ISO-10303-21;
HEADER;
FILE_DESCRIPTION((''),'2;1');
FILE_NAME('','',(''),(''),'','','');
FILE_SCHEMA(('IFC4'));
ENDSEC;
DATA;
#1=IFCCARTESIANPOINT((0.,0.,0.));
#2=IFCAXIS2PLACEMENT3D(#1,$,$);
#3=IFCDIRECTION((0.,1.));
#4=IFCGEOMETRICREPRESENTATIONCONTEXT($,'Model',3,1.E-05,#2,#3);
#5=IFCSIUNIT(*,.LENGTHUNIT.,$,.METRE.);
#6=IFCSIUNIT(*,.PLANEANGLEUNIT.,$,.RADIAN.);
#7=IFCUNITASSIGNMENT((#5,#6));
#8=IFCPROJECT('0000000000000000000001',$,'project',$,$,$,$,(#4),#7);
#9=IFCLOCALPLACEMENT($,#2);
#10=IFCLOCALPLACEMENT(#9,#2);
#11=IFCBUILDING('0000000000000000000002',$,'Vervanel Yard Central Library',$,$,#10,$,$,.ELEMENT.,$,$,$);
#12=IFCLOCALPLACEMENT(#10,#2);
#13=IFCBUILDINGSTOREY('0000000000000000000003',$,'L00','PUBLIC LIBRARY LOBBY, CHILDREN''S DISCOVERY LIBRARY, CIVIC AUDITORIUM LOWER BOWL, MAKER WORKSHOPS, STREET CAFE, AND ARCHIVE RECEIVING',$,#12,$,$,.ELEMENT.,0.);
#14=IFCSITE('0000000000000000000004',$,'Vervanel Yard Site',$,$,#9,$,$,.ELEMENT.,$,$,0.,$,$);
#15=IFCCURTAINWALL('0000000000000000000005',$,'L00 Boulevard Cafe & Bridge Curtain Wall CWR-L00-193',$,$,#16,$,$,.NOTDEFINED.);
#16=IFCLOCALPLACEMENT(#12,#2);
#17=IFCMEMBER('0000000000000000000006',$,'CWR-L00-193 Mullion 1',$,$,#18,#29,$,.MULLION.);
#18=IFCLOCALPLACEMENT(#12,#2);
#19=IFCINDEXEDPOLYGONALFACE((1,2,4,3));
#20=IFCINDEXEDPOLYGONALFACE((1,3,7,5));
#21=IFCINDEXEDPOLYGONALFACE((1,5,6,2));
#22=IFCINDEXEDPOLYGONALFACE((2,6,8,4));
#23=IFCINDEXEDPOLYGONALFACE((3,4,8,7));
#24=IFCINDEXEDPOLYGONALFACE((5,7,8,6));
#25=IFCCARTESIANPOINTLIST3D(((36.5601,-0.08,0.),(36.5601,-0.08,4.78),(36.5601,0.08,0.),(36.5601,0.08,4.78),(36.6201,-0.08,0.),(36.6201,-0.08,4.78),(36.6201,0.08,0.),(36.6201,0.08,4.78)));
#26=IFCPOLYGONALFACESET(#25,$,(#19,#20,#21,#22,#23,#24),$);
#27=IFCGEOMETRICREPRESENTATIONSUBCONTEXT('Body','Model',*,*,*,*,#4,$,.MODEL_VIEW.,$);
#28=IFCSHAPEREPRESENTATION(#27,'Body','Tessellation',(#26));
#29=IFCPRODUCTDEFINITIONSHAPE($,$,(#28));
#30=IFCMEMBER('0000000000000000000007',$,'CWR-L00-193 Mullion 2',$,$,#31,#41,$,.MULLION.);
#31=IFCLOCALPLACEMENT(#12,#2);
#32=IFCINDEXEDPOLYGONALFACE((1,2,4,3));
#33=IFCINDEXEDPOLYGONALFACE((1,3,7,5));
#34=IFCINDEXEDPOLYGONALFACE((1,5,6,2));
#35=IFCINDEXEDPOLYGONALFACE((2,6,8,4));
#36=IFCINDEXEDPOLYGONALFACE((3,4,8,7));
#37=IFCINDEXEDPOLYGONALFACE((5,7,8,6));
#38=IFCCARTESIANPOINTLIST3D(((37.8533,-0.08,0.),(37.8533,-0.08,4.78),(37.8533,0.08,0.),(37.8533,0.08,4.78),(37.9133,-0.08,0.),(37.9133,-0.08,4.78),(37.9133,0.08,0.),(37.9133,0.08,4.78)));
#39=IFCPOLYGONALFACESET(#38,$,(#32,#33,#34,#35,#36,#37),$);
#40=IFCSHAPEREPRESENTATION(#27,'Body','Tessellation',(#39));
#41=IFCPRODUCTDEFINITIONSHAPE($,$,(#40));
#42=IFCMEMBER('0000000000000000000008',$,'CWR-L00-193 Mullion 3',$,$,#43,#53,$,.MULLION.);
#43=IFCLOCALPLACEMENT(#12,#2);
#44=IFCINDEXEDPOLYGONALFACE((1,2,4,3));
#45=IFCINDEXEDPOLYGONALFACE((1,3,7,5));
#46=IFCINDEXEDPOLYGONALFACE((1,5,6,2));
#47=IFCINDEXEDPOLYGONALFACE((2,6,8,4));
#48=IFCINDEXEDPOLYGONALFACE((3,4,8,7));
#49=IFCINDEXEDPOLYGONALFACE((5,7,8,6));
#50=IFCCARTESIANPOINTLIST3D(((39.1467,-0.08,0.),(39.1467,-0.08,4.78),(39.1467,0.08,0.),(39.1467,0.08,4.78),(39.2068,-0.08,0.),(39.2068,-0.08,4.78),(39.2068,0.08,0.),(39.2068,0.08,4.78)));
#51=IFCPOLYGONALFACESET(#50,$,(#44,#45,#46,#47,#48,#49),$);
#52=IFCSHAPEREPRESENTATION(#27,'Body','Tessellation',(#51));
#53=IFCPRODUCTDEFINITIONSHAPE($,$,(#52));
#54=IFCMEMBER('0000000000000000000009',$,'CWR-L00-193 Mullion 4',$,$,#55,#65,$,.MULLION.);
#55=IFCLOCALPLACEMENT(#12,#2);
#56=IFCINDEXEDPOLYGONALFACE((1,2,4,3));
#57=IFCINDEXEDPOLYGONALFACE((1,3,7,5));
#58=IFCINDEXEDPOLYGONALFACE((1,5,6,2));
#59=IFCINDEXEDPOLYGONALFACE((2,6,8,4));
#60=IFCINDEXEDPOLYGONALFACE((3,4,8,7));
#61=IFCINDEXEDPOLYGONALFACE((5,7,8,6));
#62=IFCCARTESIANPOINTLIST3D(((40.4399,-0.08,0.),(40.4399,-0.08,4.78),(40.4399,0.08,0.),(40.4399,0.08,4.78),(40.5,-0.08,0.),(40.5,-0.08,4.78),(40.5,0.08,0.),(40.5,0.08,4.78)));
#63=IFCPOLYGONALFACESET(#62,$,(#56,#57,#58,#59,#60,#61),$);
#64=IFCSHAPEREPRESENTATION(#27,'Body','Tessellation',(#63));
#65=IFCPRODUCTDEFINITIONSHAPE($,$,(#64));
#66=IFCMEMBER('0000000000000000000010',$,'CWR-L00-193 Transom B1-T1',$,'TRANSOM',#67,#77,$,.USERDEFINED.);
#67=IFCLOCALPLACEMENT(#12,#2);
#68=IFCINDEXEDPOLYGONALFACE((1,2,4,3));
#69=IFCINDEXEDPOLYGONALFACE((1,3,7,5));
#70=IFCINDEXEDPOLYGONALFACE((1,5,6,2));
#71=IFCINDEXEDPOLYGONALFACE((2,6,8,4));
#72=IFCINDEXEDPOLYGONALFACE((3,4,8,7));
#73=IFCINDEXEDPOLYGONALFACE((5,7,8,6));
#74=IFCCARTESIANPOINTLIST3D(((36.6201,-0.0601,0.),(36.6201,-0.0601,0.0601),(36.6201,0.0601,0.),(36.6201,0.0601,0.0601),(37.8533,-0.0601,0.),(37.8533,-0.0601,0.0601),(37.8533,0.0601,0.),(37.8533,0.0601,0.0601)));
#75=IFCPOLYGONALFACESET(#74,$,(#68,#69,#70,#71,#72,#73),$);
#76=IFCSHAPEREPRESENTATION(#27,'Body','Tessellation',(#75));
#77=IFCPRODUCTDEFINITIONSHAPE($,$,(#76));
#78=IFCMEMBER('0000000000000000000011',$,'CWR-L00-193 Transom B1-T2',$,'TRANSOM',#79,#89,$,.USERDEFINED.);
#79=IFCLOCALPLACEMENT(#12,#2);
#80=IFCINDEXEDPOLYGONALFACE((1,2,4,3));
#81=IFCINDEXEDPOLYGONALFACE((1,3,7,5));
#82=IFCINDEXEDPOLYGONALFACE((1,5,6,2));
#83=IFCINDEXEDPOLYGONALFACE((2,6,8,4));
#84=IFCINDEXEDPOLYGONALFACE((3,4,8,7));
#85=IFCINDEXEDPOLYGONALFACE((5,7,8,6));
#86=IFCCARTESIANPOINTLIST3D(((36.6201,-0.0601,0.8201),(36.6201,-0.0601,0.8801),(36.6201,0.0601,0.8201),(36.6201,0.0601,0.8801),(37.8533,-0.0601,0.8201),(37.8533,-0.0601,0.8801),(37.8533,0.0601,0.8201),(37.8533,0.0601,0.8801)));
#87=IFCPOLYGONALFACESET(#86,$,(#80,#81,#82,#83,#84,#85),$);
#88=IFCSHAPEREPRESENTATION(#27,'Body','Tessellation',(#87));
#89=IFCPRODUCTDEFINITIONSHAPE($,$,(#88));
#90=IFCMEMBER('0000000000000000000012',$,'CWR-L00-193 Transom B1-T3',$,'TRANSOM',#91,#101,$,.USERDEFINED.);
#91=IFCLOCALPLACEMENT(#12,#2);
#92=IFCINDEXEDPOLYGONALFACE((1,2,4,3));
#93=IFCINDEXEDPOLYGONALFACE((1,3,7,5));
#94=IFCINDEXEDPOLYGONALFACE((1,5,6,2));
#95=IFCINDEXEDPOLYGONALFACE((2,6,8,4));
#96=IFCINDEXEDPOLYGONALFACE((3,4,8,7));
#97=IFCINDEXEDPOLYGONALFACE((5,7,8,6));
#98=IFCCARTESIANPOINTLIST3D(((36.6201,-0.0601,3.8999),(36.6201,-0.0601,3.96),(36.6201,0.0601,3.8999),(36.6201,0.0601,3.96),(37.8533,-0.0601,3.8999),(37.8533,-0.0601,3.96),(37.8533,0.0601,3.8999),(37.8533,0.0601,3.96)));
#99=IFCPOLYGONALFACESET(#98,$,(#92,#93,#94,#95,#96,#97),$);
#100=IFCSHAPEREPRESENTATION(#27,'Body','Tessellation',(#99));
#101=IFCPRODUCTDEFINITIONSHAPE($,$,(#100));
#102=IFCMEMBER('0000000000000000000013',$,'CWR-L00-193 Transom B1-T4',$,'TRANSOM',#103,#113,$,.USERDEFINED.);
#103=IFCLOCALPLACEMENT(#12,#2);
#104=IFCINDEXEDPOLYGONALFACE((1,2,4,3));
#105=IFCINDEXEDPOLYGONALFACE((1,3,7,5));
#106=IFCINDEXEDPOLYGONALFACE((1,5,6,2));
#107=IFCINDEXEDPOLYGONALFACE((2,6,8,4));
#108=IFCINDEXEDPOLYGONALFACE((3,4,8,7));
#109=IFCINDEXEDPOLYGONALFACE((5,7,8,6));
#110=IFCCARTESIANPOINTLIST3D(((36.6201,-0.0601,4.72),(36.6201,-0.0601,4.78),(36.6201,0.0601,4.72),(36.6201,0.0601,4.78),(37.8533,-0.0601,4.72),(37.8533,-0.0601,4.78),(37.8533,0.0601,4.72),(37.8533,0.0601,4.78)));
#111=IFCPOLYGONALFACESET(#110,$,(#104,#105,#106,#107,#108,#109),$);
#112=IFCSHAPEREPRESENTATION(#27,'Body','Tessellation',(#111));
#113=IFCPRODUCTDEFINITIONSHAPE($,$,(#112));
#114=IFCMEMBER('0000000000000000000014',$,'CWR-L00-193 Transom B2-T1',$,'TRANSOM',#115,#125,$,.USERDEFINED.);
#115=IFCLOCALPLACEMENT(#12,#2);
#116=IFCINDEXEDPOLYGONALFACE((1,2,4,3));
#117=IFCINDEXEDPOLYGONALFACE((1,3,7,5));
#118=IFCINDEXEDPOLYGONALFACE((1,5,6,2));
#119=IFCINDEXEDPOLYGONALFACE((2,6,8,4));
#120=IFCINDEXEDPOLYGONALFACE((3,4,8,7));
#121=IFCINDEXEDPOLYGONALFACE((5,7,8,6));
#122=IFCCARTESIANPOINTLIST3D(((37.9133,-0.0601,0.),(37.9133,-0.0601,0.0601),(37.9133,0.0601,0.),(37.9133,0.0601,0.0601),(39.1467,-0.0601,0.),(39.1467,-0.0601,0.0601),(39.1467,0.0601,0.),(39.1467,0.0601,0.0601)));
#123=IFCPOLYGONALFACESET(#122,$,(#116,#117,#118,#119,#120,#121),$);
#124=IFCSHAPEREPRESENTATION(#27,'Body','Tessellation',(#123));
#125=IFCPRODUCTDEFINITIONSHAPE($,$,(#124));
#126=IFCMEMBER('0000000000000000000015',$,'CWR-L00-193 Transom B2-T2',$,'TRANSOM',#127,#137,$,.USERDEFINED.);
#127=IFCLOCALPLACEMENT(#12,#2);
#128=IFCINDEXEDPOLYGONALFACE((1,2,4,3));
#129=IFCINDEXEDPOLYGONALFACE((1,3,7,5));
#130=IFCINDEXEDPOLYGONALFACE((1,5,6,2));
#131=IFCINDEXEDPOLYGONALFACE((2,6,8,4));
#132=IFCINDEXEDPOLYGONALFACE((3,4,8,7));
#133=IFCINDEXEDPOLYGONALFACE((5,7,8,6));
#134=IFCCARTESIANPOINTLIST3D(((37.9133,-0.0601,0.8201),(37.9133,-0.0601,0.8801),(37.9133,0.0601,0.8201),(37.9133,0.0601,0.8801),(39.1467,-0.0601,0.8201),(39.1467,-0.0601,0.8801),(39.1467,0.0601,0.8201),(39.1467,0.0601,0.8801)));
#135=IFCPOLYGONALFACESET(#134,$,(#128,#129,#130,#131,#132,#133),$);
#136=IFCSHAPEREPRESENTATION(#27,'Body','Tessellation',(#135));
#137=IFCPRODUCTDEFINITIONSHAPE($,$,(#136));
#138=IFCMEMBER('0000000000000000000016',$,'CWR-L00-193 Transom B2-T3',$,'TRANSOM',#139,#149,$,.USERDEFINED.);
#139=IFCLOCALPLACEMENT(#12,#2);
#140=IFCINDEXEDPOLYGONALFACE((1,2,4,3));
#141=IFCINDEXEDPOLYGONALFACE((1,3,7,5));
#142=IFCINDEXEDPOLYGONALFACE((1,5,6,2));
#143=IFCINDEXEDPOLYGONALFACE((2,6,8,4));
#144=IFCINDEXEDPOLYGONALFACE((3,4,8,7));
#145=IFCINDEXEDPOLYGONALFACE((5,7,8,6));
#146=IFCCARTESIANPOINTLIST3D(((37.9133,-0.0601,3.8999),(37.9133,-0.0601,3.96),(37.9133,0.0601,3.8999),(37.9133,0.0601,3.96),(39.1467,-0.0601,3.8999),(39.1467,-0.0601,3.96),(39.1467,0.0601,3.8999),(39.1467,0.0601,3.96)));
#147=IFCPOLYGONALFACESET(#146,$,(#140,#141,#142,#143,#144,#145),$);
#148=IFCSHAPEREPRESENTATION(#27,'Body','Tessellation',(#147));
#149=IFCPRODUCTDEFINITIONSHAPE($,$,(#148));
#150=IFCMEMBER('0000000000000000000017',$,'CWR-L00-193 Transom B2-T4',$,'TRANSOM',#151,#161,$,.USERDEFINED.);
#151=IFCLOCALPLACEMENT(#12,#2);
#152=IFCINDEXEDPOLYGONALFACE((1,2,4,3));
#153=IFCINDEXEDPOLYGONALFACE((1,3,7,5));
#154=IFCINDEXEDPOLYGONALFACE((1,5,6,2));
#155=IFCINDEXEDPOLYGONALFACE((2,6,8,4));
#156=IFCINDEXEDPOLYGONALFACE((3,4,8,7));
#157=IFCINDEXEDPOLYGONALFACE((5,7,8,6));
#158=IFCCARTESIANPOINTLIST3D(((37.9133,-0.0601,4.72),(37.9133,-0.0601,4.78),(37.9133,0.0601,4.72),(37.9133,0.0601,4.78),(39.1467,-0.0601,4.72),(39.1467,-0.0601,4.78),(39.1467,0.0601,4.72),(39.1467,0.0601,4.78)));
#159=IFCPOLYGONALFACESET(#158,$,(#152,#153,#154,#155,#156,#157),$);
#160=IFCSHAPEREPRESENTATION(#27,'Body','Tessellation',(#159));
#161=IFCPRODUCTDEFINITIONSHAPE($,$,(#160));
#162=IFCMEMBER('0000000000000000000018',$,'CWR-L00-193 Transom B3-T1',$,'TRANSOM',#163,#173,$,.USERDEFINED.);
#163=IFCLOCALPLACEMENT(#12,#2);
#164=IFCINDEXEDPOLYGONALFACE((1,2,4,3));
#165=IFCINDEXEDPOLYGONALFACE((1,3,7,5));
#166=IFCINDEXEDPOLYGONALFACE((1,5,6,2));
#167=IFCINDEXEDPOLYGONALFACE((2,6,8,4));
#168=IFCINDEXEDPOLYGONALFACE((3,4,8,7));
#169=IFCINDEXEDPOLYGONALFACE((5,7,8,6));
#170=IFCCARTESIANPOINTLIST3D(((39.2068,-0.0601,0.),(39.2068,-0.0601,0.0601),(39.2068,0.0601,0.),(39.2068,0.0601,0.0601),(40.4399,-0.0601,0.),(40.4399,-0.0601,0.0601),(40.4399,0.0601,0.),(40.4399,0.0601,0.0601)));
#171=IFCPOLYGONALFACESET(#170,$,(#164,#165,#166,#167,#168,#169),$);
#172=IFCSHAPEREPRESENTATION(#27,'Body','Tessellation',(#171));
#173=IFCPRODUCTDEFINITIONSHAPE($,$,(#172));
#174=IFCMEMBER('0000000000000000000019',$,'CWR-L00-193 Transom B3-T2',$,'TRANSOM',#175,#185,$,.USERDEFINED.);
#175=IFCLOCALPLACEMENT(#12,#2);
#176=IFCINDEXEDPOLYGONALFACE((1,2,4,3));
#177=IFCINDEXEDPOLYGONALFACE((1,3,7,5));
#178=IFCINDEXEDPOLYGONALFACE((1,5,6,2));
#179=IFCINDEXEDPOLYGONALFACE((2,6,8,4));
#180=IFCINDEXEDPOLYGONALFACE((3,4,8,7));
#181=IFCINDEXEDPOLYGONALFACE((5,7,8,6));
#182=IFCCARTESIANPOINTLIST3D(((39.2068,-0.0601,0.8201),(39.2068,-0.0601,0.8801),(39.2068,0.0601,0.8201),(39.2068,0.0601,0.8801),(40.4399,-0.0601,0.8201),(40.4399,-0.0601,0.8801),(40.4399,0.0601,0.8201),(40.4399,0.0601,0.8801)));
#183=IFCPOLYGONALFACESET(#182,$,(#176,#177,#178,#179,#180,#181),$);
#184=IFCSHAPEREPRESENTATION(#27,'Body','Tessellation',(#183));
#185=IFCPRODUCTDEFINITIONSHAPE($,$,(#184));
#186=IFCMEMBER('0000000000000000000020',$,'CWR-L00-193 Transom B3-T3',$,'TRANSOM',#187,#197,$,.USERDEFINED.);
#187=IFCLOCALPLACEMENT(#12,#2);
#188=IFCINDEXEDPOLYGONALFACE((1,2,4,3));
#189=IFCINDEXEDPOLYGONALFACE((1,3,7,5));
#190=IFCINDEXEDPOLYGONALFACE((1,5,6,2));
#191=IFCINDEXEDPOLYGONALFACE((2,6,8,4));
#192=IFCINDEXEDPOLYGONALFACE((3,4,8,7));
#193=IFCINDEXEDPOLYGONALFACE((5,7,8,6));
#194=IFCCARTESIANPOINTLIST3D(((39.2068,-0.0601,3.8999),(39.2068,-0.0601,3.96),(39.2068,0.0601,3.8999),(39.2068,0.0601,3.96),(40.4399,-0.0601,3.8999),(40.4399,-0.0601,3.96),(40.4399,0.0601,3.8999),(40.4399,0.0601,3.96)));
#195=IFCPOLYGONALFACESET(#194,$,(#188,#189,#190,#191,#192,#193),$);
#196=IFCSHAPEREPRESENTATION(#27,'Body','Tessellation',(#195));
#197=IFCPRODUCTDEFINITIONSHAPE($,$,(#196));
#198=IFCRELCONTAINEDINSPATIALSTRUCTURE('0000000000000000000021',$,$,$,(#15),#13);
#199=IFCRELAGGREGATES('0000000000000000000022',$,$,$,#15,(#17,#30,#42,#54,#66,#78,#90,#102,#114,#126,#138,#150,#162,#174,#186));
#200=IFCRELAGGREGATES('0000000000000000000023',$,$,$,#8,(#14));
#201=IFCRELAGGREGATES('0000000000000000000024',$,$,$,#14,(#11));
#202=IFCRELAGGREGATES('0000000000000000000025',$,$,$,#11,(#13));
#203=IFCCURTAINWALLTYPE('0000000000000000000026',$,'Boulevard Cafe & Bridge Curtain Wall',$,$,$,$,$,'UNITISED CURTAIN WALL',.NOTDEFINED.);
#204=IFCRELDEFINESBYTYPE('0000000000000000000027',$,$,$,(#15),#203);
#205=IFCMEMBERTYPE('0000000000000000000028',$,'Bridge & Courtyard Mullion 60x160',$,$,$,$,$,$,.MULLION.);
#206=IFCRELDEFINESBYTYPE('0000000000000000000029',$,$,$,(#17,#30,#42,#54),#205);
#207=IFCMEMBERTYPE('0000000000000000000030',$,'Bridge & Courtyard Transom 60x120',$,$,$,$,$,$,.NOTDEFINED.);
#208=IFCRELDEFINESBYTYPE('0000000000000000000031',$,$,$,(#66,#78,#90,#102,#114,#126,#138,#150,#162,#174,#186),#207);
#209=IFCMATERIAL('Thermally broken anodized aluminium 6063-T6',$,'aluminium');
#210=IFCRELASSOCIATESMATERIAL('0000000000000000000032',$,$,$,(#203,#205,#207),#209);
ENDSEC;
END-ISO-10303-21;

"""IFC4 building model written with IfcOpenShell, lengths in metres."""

from ifc_helpers import new_model, si_unit, direction, frame, origin, origin_2d, place, context, subcontext, project, spatial, rectangle, extrude, material, material_profile, profile_set, type_object, element, aggregate, save


model = new_model("IFC4")

# Units and contexts
model_context = context("Model", 3, precision=1e-05, world=origin(), true_north=direction((0.0, 1.0)))
body_context = subcontext(model_context, "Body", "Model", "MODEL_VIEW")
ifc_project = project(units=[si_unit("LENGTHUNIT", "METRE"), si_unit("PLANEANGLEUNIT", "RADIAN")], contexts=[model_context])

# Site, building, storey
site_placement = place(None, origin())
site = spatial("IfcSite", under=ifc_project, at=site_placement, Name="Vervanel Yard Site", CompositionType="ELEMENT", RefElevation=0.0)
building_placement = place(site_placement, origin())
building = spatial("IfcBuilding", under=site, at=building_placement, Name="Vervanel Yard Central Library", CompositionType="ELEMENT")
storey_placement = place(building_placement, origin())
storey = spatial("IfcBuildingStorey", under=building, at=storey_placement, Name="L00", Description="PUBLIC LIBRARY LOBBY, CHILDREN'S DISCOVERY LIBRARY, CIVIC AUDITORIUM LOWER BOWL, MAKER WORKSHOPS, STREET CAFE, AND ARCHIVE RECEIVING", CompositionType="ELEMENT", Elevation=0.0)

# Curtain wall, members
ifc_material_1 = material(Name="Thermally broken anodized aluminium 6063-T6", Category="aluminium")
curtain_wall_type = type_object("IfcCurtainWallType", Name="Boulevard Cafe & Bridge Curtain Wall", ElementType="UNITISED CURTAIN WALL", PredefinedType="NOTDEFINED", material=ifc_material_1)
curtain_wall_placement = place(storey_placement, origin())
curtain_wall = element("IfcCurtainWall", 1, at=curtain_wall_placement, inside=storey, type_object=curtain_wall_type, Name="L00 Boulevard Cafe & Bridge Curtain Wall CWR-L00-193", PredefinedType="NOTDEFINED")
ifc_material_profile_1 = material_profile(ifc_material_1, rectangle(XDim=0.0601, YDim=0.1599, at=origin_2d()), Name="ALU 60x160", Category="aluminium")
ifc_profile_set_1 = profile_set([ifc_material_profile_1], Name="Thermally broken anodized aluminium 6063-T6")
member_type_1 = type_object("IfcMemberType", Name="Bridge & Courtyard Mullion 60x160", PredefinedType="MULLION", material=ifc_profile_set_1)
member_1_placement = place(storey_placement, frame((36.5901, 0.0, 0.0), z_axis=(0.0, 0.0, 1.0), x_axis=(1.0, 0.0, 0.0)))
member_1 = element("IfcMember", 2, at=member_1_placement, type_object=member_type_1, Name="CWR-L00-193 Mullion 1", PredefinedType="MULLION", context=body_context, shape_type="SweptSolid", body=[
    extrude(rectangle(XDim=0.0601, YDim=0.1599, at=origin_2d()), origin(), (0.0, 0.0, 1.0), 4.78),
])
member_2_placement = place(storey_placement, frame((37.8833, 0.0, 0.0), z_axis=(0.0, 0.0, 1.0), x_axis=(1.0, 0.0, 0.0)))
member_2 = element("IfcMember", 3, at=member_2_placement, type_object=member_type_1, Name="CWR-L00-193 Mullion 2", PredefinedType="MULLION", context=body_context, shape_type="SweptSolid", body=[
    extrude(rectangle(XDim=0.0601, YDim=0.1599, at=origin_2d()), origin(), (0.0, 0.0, 1.0), 4.78),
])
member_3_placement = place(storey_placement, frame((39.1768, 0.0, 0.0), z_axis=(0.0, 0.0, 1.0), x_axis=(1.0, 0.0, 0.0)))
member_3 = element("IfcMember", 4, at=member_3_placement, type_object=member_type_1, Name="CWR-L00-193 Mullion 3", PredefinedType="MULLION", context=body_context, shape_type="SweptSolid", body=[
    extrude(rectangle(XDim=0.0601, YDim=0.1599, at=origin_2d()), origin(), (0.0, 0.0, 1.0), 4.78),
])
member_4_placement = place(storey_placement, frame((40.47, 0.0, 0.0), z_axis=(0.0, 0.0, 1.0), x_axis=(1.0, 0.0, 0.0)))
member_4 = element("IfcMember", 5, at=member_4_placement, type_object=member_type_1, Name="CWR-L00-193 Mullion 4", PredefinedType="MULLION", context=body_context, shape_type="SweptSolid", body=[
    extrude(rectangle(XDim=0.0601, YDim=0.1599, at=origin_2d()), origin(), (0.0, 0.0, 1.0), 4.78),
])
ifc_material_profile_2 = material_profile(ifc_material_1, rectangle(XDim=0.0601, YDim=0.1201, at=origin_2d()), Name="ALU 60x120", Category="aluminium")
ifc_profile_set_2 = profile_set([ifc_material_profile_2], Name="Thermally broken anodized aluminium 6063-T6")
member_type_2 = type_object("IfcMemberType", Name="Bridge & Courtyard Transom 60x120", PredefinedType="NOTDEFINED", material=ifc_profile_set_2)
member_5_placement = place(storey_placement, frame((36.6201, 0.0, 0.03), z_axis=(1.0, 0.0, 0.0), x_axis=(0.0, 0.0, 1.0)))
member_5 = element("IfcMember", 6, at=member_5_placement, type_object=member_type_2, Name="CWR-L00-193 Transom B1-T1", ObjectType="TRANSOM", PredefinedType="USERDEFINED", context=body_context, shape_type="SweptSolid", body=[
    extrude(rectangle(XDim=0.0601, YDim=0.1201, at=origin_2d()), origin(), (0.0, 0.0, 1.0), 1.2332),
])
member_6_placement = place(storey_placement, frame((36.6201, 0.0, 0.8501), z_axis=(1.0, 0.0, 0.0), x_axis=(0.0, 0.0, 1.0)))
member_6 = element("IfcMember", 7, at=member_6_placement, type_object=member_type_2, Name="CWR-L00-193 Transom B1-T2", ObjectType="TRANSOM", PredefinedType="USERDEFINED", context=body_context, shape_type="SweptSolid", body=[
    extrude(rectangle(XDim=0.0601, YDim=0.1201, at=origin_2d()), origin(), (0.0, 0.0, 1.0), 1.2332),
])
member_7_placement = place(storey_placement, frame((36.6201, 0.0, 3.9299), z_axis=(1.0, 0.0, 0.0), x_axis=(0.0, 0.0, 1.0)))
member_7 = element("IfcMember", 8, at=member_7_placement, type_object=member_type_2, Name="CWR-L00-193 Transom B1-T3", ObjectType="TRANSOM", PredefinedType="USERDEFINED", context=body_context, shape_type="SweptSolid", body=[
    extrude(rectangle(XDim=0.0601, YDim=0.1201, at=origin_2d()), origin(), (0.0, 0.0, 1.0), 1.2332),
])
member_8_placement = place(storey_placement, frame((36.6201, 0.0, 4.75), z_axis=(1.0, 0.0, 0.0), x_axis=(0.0, 0.0, 1.0)))
member_8 = element("IfcMember", 9, at=member_8_placement, type_object=member_type_2, Name="CWR-L00-193 Transom B1-T4", ObjectType="TRANSOM", PredefinedType="USERDEFINED", context=body_context, shape_type="SweptSolid", body=[
    extrude(rectangle(XDim=0.0601, YDim=0.1201, at=origin_2d()), origin(), (0.0, 0.0, 1.0), 1.2332),
])
member_9_placement = place(storey_placement, frame((37.9133, 0.0, 0.03), z_axis=(1.0, 0.0, 0.0), x_axis=(0.0, 0.0, 1.0)))
member_9 = element("IfcMember", 10, at=member_9_placement, type_object=member_type_2, Name="CWR-L00-193 Transom B2-T1", ObjectType="TRANSOM", PredefinedType="USERDEFINED", context=body_context, shape_type="SweptSolid", body=[
    extrude(rectangle(XDim=0.0601, YDim=0.1201, at=origin_2d()), origin(), (0.0, 0.0, 1.0), 1.2334),
])
member_10_placement = place(storey_placement, frame((37.9133, 0.0, 0.8501), z_axis=(1.0, 0.0, 0.0), x_axis=(0.0, 0.0, 1.0)))
member_10 = element("IfcMember", 11, at=member_10_placement, type_object=member_type_2, Name="CWR-L00-193 Transom B2-T2", ObjectType="TRANSOM", PredefinedType="USERDEFINED", context=body_context, shape_type="SweptSolid", body=[
    extrude(rectangle(XDim=0.0601, YDim=0.1201, at=origin_2d()), origin(), (0.0, 0.0, 1.0), 1.2334),
])
member_11_placement = place(storey_placement, frame((37.9133, 0.0, 3.9299), z_axis=(1.0, 0.0, 0.0), x_axis=(0.0, 0.0, 1.0)))
member_11 = element("IfcMember", 12, at=member_11_placement, type_object=member_type_2, Name="CWR-L00-193 Transom B2-T3", ObjectType="TRANSOM", PredefinedType="USERDEFINED", context=body_context, shape_type="SweptSolid", body=[
    extrude(rectangle(XDim=0.0601, YDim=0.1201, at=origin_2d()), origin(), (0.0, 0.0, 1.0), 1.2334),
])
member_12_placement = place(storey_placement, frame((37.9133, 0.0, 4.75), z_axis=(1.0, 0.0, 0.0), x_axis=(0.0, 0.0, 1.0)))
member_12 = element("IfcMember", 13, at=member_12_placement, type_object=member_type_2, Name="CWR-L00-193 Transom B2-T4", ObjectType="TRANSOM", PredefinedType="USERDEFINED", context=body_context, shape_type="SweptSolid", body=[
    extrude(rectangle(XDim=0.0601, YDim=0.1201, at=origin_2d()), origin(), (0.0, 0.0, 1.0), 1.2334),
])
member_13_placement = place(storey_placement, frame((39.2068, 0.0, 0.03), z_axis=(1.0, 0.0, 0.0), x_axis=(0.0, 0.0, 1.0)))
member_13 = element("IfcMember", 14, at=member_13_placement, type_object=member_type_2, Name="CWR-L00-193 Transom B3-T1", ObjectType="TRANSOM", PredefinedType="USERDEFINED", context=body_context, shape_type="SweptSolid", body=[
    extrude(rectangle(XDim=0.0601, YDim=0.1201, at=origin_2d()), origin(), (0.0, 0.0, 1.0), 1.2332),
])
member_14_placement = place(storey_placement, frame((39.2068, 0.0, 0.8501), z_axis=(1.0, 0.0, 0.0), x_axis=(0.0, 0.0, 1.0)))
member_14 = element("IfcMember", 15, at=member_14_placement, type_object=member_type_2, Name="CWR-L00-193 Transom B3-T2", ObjectType="TRANSOM", PredefinedType="USERDEFINED", context=body_context, shape_type="SweptSolid", body=[
    extrude(rectangle(XDim=0.0601, YDim=0.1201, at=origin_2d()), origin(), (0.0, 0.0, 1.0), 1.2332),
])
member_15_placement = place(storey_placement, frame((39.2068, 0.0, 3.9299), z_axis=(1.0, 0.0, 0.0), x_axis=(0.0, 0.0, 1.0)))
member_15 = element("IfcMember", 16, at=member_15_placement, type_object=member_type_2, Name="CWR-L00-193 Transom B3-T3", ObjectType="TRANSOM", PredefinedType="USERDEFINED", context=body_context, shape_type="SweptSolid", body=[
    extrude(rectangle(XDim=0.0601, YDim=0.1201, at=origin_2d()), origin(), (0.0, 0.0, 1.0), 1.2332),
])
aggregate(curtain_wall, [member_1, member_2, member_3, member_4, member_5, member_6, member_7, member_8, member_9, member_10, member_11, member_12, member_13, member_14, member_15])

save(model, "model.ifc")
